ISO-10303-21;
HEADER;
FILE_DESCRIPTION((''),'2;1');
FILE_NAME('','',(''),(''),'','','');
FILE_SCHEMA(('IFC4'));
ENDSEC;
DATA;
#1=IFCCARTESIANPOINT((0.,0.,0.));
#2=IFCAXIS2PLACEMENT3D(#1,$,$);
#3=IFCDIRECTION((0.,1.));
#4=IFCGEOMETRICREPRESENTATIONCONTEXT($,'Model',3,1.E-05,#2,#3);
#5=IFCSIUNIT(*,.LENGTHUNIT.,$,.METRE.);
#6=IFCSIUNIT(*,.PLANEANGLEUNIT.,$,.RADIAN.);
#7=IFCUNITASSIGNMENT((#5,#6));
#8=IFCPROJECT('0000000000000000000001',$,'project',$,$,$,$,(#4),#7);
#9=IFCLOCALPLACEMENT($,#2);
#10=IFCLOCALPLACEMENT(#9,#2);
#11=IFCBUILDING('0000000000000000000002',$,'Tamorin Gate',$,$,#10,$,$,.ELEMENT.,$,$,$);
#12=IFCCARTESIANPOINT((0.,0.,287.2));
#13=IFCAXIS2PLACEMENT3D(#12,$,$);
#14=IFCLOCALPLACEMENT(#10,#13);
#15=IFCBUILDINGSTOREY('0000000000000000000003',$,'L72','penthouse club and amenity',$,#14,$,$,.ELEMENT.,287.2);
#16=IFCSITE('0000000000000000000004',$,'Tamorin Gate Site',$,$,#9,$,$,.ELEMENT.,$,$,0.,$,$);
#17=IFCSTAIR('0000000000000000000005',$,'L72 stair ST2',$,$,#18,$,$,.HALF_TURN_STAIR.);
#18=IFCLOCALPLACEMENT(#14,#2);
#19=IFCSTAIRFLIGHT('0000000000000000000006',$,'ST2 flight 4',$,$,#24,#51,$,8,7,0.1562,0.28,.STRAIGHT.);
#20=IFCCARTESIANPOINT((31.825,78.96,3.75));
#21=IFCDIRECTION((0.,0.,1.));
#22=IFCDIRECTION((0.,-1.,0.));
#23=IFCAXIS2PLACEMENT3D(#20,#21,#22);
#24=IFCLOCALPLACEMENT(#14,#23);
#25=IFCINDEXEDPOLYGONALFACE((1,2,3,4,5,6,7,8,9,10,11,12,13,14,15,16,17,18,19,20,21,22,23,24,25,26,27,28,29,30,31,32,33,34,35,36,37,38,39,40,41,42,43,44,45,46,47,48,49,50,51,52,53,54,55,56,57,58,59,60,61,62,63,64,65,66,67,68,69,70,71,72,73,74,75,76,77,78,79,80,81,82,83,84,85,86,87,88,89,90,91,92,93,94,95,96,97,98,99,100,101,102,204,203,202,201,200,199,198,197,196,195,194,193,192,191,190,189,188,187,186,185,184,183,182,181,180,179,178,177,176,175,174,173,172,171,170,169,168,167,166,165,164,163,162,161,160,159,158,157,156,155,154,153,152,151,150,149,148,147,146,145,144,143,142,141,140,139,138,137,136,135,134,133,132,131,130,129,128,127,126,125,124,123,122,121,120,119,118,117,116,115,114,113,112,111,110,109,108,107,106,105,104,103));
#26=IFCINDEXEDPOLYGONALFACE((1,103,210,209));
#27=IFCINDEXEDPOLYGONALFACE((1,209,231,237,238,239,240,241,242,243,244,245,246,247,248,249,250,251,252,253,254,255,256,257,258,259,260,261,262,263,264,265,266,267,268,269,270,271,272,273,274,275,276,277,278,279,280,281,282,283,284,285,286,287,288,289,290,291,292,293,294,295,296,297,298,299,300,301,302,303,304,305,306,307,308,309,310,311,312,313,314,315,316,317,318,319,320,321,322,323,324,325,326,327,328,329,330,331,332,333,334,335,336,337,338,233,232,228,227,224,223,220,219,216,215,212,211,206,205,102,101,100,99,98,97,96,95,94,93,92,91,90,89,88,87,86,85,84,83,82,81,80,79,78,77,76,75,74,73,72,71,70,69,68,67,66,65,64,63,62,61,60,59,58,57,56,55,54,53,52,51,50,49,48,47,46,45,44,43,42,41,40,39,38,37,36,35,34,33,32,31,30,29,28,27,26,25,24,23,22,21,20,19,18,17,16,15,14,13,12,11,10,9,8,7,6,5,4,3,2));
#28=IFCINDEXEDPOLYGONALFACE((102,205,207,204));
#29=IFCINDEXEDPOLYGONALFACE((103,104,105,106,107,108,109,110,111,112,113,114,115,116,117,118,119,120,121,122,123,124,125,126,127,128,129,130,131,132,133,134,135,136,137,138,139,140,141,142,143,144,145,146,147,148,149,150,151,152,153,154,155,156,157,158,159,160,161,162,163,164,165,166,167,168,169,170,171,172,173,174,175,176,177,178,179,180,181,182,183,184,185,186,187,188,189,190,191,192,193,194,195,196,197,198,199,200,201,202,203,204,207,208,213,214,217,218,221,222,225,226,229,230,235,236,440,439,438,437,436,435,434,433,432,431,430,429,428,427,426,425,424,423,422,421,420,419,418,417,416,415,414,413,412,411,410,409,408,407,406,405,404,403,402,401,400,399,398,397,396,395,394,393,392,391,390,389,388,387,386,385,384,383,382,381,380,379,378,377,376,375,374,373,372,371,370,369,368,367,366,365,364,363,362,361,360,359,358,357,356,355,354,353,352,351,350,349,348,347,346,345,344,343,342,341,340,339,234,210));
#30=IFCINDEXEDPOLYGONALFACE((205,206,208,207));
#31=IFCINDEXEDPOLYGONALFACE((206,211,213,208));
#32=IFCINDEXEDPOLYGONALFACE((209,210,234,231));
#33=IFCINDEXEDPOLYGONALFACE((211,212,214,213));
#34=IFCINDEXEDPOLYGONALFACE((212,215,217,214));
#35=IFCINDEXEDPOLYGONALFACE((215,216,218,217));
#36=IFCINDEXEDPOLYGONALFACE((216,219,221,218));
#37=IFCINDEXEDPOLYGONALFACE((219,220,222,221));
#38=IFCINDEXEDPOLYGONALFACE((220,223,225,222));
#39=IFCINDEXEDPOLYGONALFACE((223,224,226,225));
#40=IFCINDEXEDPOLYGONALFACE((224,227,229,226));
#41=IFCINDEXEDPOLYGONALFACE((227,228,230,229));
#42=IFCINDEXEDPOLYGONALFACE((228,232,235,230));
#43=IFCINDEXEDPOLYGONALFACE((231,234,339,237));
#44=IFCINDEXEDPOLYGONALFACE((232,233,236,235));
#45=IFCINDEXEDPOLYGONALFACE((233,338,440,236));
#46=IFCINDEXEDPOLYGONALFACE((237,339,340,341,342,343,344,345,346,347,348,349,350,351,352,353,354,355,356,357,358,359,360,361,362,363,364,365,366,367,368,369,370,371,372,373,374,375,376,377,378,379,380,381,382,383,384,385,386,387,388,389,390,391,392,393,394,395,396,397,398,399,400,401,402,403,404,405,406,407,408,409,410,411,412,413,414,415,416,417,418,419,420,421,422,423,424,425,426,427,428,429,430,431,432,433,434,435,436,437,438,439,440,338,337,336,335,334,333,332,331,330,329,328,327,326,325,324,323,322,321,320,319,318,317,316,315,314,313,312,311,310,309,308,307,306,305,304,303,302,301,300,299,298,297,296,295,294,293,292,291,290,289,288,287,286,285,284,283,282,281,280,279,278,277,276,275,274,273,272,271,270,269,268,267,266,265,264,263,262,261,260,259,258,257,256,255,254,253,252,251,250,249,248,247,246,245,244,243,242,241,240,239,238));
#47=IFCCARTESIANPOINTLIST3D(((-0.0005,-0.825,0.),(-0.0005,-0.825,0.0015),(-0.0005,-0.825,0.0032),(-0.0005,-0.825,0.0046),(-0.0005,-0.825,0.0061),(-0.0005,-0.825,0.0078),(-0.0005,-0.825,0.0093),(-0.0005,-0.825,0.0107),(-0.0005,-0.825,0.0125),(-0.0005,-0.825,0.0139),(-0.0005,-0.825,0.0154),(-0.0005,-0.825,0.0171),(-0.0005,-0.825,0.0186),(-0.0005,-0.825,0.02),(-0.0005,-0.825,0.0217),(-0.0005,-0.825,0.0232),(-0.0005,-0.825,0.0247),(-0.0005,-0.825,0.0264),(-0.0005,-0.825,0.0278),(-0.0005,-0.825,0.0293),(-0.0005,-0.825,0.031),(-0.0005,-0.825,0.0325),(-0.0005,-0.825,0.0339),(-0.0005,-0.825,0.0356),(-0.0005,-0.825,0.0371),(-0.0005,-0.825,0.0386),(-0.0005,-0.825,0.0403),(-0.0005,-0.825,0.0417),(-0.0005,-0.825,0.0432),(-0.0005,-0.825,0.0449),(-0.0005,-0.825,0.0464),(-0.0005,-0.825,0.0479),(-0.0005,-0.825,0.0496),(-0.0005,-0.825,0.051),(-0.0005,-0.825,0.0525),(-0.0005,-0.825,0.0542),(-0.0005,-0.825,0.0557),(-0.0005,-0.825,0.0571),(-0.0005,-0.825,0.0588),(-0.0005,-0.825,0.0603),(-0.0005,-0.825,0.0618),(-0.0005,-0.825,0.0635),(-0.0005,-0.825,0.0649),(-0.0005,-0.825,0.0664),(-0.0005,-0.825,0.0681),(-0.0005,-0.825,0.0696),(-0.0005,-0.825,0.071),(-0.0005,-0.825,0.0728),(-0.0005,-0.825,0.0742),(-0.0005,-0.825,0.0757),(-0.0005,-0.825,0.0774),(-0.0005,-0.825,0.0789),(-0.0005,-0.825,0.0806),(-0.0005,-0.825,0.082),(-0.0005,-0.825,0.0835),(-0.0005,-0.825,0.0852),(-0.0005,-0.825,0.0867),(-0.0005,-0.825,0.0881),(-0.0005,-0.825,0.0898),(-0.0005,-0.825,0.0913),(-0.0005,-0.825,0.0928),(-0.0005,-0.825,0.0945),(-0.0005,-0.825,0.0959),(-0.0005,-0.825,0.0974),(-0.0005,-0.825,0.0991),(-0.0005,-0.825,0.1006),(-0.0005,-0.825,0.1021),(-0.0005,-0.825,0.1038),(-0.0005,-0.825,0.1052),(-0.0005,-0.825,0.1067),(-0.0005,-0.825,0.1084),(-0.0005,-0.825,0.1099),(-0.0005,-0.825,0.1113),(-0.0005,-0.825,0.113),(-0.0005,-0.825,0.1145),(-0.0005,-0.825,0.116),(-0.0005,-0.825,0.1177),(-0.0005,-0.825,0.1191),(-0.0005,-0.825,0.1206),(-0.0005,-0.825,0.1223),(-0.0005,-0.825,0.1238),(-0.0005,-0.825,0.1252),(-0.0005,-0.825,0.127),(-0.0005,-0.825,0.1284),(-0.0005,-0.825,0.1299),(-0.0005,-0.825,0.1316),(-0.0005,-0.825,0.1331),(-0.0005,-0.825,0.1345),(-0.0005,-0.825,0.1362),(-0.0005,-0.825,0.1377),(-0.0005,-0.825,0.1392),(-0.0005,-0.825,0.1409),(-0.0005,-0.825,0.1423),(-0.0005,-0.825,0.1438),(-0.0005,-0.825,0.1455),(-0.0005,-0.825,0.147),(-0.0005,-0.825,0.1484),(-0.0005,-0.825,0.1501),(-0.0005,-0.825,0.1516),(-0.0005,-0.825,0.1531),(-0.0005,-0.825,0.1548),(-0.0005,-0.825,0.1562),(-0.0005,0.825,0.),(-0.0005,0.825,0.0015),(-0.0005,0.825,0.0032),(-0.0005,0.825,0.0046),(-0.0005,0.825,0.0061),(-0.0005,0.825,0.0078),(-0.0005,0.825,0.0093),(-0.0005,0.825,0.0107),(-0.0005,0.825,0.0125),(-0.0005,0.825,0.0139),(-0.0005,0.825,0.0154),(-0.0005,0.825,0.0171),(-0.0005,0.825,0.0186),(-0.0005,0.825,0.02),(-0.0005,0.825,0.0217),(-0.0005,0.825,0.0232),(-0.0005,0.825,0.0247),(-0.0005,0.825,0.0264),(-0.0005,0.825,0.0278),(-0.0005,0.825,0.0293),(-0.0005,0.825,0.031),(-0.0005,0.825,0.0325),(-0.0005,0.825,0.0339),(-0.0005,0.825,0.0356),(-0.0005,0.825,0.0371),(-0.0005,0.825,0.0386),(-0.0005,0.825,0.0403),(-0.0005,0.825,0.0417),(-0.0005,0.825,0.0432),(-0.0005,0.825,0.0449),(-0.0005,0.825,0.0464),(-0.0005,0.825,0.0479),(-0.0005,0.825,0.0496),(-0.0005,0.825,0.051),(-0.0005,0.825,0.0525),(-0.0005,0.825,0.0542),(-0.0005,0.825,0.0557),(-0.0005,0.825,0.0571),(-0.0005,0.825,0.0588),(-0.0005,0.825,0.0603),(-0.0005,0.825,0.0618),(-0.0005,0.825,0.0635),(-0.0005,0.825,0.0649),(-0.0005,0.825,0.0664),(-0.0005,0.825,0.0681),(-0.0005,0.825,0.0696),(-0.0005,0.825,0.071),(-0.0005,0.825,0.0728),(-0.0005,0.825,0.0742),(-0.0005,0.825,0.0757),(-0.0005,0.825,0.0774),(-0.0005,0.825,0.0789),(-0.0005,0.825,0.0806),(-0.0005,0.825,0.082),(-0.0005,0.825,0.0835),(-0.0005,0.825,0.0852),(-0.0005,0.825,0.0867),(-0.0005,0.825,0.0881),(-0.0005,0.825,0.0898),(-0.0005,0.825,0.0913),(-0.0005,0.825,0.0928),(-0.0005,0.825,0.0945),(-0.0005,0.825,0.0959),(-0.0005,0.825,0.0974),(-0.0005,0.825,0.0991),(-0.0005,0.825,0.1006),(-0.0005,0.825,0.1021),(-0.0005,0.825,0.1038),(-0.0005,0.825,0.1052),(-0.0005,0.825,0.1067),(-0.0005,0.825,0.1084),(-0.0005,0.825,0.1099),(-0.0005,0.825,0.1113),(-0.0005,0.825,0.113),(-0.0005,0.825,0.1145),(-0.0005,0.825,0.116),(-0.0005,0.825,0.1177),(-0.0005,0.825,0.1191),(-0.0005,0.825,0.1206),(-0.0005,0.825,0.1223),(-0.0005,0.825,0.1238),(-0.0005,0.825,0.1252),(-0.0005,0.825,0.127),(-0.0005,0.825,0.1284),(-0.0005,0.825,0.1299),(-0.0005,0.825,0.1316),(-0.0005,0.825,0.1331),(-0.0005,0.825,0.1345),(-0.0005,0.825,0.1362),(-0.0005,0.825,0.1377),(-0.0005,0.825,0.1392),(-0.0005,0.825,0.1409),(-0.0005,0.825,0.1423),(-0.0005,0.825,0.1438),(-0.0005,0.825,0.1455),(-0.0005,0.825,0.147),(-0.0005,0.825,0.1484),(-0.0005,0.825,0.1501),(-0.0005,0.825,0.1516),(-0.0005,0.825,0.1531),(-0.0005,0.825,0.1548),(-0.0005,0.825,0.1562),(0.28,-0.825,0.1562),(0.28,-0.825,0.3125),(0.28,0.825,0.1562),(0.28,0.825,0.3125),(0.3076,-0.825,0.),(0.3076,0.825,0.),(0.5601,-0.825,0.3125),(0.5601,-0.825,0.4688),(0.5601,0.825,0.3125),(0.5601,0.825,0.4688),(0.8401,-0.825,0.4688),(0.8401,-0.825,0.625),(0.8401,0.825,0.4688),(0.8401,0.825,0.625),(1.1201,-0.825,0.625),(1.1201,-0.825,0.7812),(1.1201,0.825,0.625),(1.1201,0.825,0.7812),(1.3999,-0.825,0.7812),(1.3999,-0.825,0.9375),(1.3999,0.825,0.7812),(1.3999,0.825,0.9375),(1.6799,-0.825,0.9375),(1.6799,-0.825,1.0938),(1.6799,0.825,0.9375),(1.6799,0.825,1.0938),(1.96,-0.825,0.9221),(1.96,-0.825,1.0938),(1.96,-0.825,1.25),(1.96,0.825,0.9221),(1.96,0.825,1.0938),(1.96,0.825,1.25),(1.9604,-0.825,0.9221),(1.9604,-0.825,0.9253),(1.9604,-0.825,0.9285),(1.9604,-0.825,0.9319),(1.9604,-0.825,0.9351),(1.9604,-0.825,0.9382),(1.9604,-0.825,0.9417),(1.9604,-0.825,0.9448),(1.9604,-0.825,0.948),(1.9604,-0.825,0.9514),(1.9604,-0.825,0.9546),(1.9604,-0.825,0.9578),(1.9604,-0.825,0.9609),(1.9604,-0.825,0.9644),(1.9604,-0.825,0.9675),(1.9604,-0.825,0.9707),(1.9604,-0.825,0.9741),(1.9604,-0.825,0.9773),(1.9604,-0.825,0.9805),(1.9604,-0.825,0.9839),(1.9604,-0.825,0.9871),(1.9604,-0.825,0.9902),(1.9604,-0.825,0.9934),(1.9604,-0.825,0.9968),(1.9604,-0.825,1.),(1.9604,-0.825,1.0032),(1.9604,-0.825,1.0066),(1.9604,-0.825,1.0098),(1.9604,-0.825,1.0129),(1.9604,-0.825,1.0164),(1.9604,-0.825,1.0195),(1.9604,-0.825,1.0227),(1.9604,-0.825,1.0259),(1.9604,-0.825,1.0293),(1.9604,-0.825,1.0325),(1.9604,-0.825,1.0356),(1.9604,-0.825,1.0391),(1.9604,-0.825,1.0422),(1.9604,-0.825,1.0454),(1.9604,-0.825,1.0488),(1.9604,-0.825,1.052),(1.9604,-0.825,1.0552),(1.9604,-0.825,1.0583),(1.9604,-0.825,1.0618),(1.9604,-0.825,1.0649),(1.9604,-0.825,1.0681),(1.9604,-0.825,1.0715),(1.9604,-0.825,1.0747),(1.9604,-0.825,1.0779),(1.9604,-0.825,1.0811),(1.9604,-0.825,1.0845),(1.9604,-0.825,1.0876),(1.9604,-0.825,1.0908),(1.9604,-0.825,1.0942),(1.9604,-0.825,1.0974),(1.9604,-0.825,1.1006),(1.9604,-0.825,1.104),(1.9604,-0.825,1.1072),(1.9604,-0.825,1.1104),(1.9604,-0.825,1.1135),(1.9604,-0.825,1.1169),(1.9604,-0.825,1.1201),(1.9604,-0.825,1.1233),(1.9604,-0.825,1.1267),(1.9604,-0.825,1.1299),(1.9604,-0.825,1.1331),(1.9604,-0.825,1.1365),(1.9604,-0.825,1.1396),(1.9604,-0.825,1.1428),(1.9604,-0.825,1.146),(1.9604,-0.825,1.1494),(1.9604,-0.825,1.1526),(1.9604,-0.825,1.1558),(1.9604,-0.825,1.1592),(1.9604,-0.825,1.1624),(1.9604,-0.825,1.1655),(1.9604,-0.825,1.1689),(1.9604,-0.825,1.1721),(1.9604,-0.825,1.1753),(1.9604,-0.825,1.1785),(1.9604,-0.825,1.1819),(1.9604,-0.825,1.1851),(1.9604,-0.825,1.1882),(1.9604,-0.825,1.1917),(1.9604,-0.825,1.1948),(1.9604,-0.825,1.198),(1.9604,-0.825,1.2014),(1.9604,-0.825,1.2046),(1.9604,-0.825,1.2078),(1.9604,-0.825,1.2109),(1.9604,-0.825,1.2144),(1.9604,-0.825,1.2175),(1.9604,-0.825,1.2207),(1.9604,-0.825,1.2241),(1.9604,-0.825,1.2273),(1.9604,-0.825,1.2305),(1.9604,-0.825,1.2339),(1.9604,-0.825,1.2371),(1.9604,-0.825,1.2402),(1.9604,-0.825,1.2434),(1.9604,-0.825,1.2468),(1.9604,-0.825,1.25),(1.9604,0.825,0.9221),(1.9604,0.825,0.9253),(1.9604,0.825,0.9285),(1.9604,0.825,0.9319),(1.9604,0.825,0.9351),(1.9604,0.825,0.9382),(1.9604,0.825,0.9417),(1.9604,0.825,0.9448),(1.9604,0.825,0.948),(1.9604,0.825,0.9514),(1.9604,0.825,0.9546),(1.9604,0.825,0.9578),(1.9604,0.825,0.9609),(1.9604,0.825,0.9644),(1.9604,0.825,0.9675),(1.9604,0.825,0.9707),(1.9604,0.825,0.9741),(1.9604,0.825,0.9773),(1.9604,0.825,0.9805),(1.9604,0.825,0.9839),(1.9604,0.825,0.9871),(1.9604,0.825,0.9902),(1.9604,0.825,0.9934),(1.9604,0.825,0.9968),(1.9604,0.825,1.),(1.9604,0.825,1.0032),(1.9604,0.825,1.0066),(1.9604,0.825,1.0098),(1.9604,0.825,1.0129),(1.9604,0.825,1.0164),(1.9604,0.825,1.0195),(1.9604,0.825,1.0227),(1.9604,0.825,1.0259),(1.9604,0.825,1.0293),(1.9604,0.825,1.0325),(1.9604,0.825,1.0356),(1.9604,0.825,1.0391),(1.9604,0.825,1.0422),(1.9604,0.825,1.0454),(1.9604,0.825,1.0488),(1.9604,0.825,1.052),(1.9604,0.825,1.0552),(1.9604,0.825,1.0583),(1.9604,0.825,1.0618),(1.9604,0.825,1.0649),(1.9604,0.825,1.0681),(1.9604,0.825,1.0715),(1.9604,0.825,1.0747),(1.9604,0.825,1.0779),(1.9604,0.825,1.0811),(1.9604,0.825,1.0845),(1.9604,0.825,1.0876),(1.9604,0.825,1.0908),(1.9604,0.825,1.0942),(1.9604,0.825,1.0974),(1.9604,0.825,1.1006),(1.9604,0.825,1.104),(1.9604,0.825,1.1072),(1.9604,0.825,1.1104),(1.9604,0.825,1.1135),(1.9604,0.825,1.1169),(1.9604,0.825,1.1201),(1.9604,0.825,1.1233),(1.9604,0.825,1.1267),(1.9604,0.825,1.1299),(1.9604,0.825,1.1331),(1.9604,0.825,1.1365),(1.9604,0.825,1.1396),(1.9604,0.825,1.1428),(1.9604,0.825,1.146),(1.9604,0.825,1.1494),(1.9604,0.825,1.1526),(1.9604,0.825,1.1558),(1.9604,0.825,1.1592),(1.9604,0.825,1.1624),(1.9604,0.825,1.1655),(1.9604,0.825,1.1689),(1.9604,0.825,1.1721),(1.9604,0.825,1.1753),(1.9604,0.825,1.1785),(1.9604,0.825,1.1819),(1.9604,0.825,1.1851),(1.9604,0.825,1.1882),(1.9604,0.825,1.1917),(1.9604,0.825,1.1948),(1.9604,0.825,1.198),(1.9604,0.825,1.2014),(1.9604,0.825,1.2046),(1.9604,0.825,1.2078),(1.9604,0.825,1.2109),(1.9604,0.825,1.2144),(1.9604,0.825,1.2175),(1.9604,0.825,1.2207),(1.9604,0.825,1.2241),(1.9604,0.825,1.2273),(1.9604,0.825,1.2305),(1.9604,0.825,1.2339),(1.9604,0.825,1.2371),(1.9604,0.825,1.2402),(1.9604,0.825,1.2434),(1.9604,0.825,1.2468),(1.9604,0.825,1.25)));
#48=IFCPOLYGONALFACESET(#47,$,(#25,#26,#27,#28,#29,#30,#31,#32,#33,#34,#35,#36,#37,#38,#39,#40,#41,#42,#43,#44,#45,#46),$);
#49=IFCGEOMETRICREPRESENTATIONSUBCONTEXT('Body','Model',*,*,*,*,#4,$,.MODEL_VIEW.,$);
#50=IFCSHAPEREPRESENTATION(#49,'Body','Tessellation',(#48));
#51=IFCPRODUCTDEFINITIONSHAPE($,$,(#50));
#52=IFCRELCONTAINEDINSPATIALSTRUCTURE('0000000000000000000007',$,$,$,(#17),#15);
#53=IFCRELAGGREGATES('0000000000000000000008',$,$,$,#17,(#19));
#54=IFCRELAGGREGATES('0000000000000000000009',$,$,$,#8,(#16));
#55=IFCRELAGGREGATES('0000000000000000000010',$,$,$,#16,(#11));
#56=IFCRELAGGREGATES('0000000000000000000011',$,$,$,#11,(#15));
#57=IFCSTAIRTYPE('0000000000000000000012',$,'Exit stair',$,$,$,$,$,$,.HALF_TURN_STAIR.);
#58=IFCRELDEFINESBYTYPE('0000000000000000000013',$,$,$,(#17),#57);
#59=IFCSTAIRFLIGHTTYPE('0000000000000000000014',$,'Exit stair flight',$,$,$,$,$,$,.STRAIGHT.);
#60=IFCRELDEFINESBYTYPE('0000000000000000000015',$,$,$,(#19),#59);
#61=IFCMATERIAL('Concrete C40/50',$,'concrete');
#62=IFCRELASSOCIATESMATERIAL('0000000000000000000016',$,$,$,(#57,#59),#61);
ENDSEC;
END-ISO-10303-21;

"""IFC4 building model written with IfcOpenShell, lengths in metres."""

from ifc_helpers import new_model, si_unit, direction, frame, origin, place, context, subcontext, project, spatial, polyline, outline, extrude, material, type_object, element, aggregate, save


model = new_model("IFC4")

# Units and contexts
model_context = context("Model", 3, precision=1e-05, world=origin(), true_north=direction((0.0, 1.0)))
body_context = subcontext(model_context, "Body", "Model", "MODEL_VIEW")
ifc_project = project(units=[si_unit("LENGTHUNIT", "METRE"), si_unit("PLANEANGLEUNIT", "RADIAN")], contexts=[model_context])

# Site, building, storey
site_placement = place(None, origin())
site = spatial("IfcSite", under=ifc_project, at=site_placement, Name="Tamorin Gate Site", CompositionType="ELEMENT", RefElevation=0.0)
building_placement = place(site_placement, origin())
building = spatial("IfcBuilding", under=site, at=building_placement, Name="Tamorin Gate", CompositionType="ELEMENT")
storey_placement = place(building_placement, frame((0.0, 0.0, 287.2)))
storey = spatial("IfcBuildingStorey", under=building, at=storey_placement, Name="L72", Description="penthouse club and amenity", CompositionType="ELEMENT", Elevation=287.2)

# Shared definitions
ifc_material_1 = material(Name="Concrete C40/50", Category="concrete")

# Stair, stair flight
stair_type = type_object("IfcStairType", Name="Exit stair", PredefinedType="HALF_TURN_STAIR", material=ifc_material_1)
stair_placement = place(storey_placement, origin())
stair = element("IfcStair", 1, at=stair_placement, inside=storey, type_object=stair_type, Name="L72 stair ST2", PredefinedType="HALF_TURN_STAIR")
stair_flight_type = type_object("IfcStairFlightType", Name="Exit stair flight", PredefinedType="STRAIGHT", material=ifc_material_1)
stair_flight_1_placement = place(storey_placement, frame((31.825, 78.96, 3.75), z_axis=(0.0, 0.0, 1.0), x_axis=(0.0, -1.0, 0.0)))
stair_flight_1 = element("IfcStairFlight", 2, at=stair_flight_1_placement, type_object=stair_flight_type, Name="ST2 flight 4", NumberOfRisers=8, NumberOfTreads=7, PredefinedType="STRAIGHT", RiserHeight=0.1562, TreadLength=0.28, context=body_context, shape_type="SweptSolid", body=[
    extrude(outline(polyline([(-0.0005, 0.0), (-0.0005, 0.0015), (-0.0005, 0.0032), (-0.0005, 0.0046), (-0.0005, 0.0061), (-0.0005, 0.0078), (-0.0005, 0.0093), (-0.0005, 0.0107), (-0.0005, 0.0125), (-0.0005, 0.0139), (-0.0005, 0.0154), (-0.0005, 0.0171), (-0.0005, 0.0186), (-0.0005, 0.02), (-0.0005, 0.0217), (-0.0005, 0.0232), (-0.0005, 0.0247), (-0.0005, 0.0264), (-0.0005, 0.0278), (-0.0005, 0.0293), (-0.0005, 0.031), (-0.0005, 0.0325), (-0.0005, 0.0339), (-0.0005, 0.0356), (-0.0005, 0.0371), (-0.0005, 0.0386), (-0.0005, 0.0403), (-0.0005, 0.0417), (-0.0005, 0.0432), (-0.0005, 0.0449), (-0.0005, 0.0464), (-0.0005, 0.0479), (-0.0005, 0.0496), (-0.0005, 0.051), (-0.0005, 0.0525), (-0.0005, 0.0542), (-0.0005, 0.0557), (-0.0005, 0.0571), (-0.0005, 0.0588), (-0.0005, 0.0603), (-0.0005, 0.0618), (-0.0005, 0.0635), (-0.0005, 0.0649), (-0.0005, 0.0664), (-0.0005, 0.0681), (-0.0005, 0.0696), (-0.0005, 0.071), (-0.0005, 0.0728), (-0.0005, 0.0742), (-0.0005, 0.0757), (-0.0005, 0.0774), (-0.0005, 0.0789), (-0.0005, 0.0806), (-0.0005, 0.082), (-0.0005, 0.0835), (-0.0005, 0.0852), (-0.0005, 0.0867), (-0.0005, 0.0881), (-0.0005, 0.0898), (-0.0005, 0.0913), (-0.0005, 0.0928), (-0.0005, 0.0945), (-0.0005, 0.0959), (-0.0005, 0.0974), (-0.0005, 0.0991), (-0.0005, 0.1006), (-0.0005, 0.1021), (-0.0005, 0.1038), (-0.0005, 0.1052), (-0.0005, 0.1067), (-0.0005, 0.1084), (-0.0005, 0.1099), (-0.0005, 0.1113), (-0.0005, 0.113), (-0.0005, 0.1145), (-0.0005, 0.116), (-0.0005, 0.1177), (-0.0005, 0.1191), (-0.0005, 0.1206), (-0.0005, 0.1223), (-0.0005, 0.1238), (-0.0005, 0.1252), (-0.0005, 0.127), (-0.0005, 0.1284), (-0.0005, 0.1299), (-0.0005, 0.1316), (-0.0005, 0.1331), (-0.0005, 0.1345), (-0.0005, 0.1362), (-0.0005, 0.1377), (-0.0005, 0.1392), (-0.0005, 0.1409), (-0.0005, 0.1423), (-0.0005, 0.1438), (-0.0005, 0.1455), (-0.0005, 0.147), (-0.0005, 0.1484), (-0.0005, 0.1501), (-0.0005, 0.1516), (-0.0005, 0.1531), (-0.0005, 0.1548), (-0.0005, 0.1562), (0.28, 0.1562), (0.28, 0.3125), (0.5601, 0.3125), (0.5601, 0.4688), (0.8401, 0.4688), (0.8401, 0.625), (1.1201, 0.625), (1.1201, 0.7812), (1.3999, 0.7812), (1.3999, 0.9375), (1.6799, 0.9375), (1.6799, 1.0938), (1.96, 1.0938), (1.96, 1.25), (1.9604, 1.25), (1.9604, 1.2468), (1.9604, 1.2434), (1.9604, 1.2402), (1.9604, 1.2371), (1.9604, 1.2339), (1.9604, 1.2305), (1.9604, 1.2273), (1.9604, 1.2241), (1.9604, 1.2207), (1.9604, 1.2175), (1.9604, 1.2144), (1.9604, 1.2109), (1.9604, 1.2078), (1.9604, 1.2046), (1.9604, 1.2014), (1.9604, 1.198), (1.9604, 1.1948), (1.9604, 1.1917), (1.9604, 1.1882), (1.9604, 1.1851), (1.9604, 1.1819), (1.9604, 1.1785), (1.9604, 1.1753), (1.9604, 1.1721), (1.9604, 1.1689), (1.9604, 1.1655), (1.9604, 1.1624), (1.9604, 1.1592), (1.9604, 1.1558), (1.9604, 1.1526), (1.9604, 1.1494), (1.9604, 1.146), (1.9604, 1.1428), (1.9604, 1.1396), (1.9604, 1.1365), (1.9604, 1.1331), (1.9604, 1.1299), (1.9604, 1.1267), (1.9604, 1.1233), (1.9604, 1.1201), (1.9604, 1.1169), (1.9604, 1.1135), (1.9604, 1.1104), (1.9604, 1.1072), (1.9604, 1.104), (1.9604, 1.1006), (1.9604, 1.0974), (1.9604, 1.0942), (1.9604, 1.0908), (1.9604, 1.0876), (1.9604, 1.0845), (1.9604, 1.0811), (1.9604, 1.0779), (1.9604, 1.0747), (1.9604, 1.0715), (1.9604, 1.0681), (1.9604, 1.0649), (1.9604, 1.0618), (1.9604, 1.0583), (1.9604, 1.0552), (1.9604, 1.052), (1.9604, 1.0488), (1.9604, 1.0454), (1.9604, 1.0422), (1.9604, 1.0391), (1.9604, 1.0356), (1.9604, 1.0325), (1.9604, 1.0293), (1.9604, 1.0259), (1.9604, 1.0227), (1.9604, 1.0195), (1.9604, 1.0164), (1.9604, 1.0129), (1.9604, 1.0098), (1.9604, 1.0066), (1.9604, 1.0032), (1.9604, 1.0), (1.9604, 0.9968), (1.9604, 0.9934), (1.9604, 0.9902), (1.9604, 0.9871), (1.9604, 0.9839), (1.9604, 0.9805), (1.9604, 0.9773), (1.9604, 0.9741), (1.9604, 0.9707), (1.9604, 0.9675), (1.9604, 0.9644), (1.9604, 0.9609), (1.9604, 0.9578), (1.9604, 0.9546), (1.9604, 0.9514), (1.9604, 0.948), (1.9604, 0.9448), (1.9604, 0.9417), (1.9604, 0.9382), (1.9604, 0.9351), (1.9604, 0.9319), (1.9604, 0.9285), (1.9604, 0.9253), (1.9604, 0.9221), (1.96, 0.9221), (0.3076, 0.0), (-0.0005, 0.0)])), frame((0.0, 0.825, 0.0), z_axis=(0.0, -1.0, 0.0), x_axis=(1.0, 0.0, 0.0)), (0.0, 0.0, 1.0), 1.6499),
])
aggregate(stair, [stair_flight_1])

save(model, "model.ifc")
